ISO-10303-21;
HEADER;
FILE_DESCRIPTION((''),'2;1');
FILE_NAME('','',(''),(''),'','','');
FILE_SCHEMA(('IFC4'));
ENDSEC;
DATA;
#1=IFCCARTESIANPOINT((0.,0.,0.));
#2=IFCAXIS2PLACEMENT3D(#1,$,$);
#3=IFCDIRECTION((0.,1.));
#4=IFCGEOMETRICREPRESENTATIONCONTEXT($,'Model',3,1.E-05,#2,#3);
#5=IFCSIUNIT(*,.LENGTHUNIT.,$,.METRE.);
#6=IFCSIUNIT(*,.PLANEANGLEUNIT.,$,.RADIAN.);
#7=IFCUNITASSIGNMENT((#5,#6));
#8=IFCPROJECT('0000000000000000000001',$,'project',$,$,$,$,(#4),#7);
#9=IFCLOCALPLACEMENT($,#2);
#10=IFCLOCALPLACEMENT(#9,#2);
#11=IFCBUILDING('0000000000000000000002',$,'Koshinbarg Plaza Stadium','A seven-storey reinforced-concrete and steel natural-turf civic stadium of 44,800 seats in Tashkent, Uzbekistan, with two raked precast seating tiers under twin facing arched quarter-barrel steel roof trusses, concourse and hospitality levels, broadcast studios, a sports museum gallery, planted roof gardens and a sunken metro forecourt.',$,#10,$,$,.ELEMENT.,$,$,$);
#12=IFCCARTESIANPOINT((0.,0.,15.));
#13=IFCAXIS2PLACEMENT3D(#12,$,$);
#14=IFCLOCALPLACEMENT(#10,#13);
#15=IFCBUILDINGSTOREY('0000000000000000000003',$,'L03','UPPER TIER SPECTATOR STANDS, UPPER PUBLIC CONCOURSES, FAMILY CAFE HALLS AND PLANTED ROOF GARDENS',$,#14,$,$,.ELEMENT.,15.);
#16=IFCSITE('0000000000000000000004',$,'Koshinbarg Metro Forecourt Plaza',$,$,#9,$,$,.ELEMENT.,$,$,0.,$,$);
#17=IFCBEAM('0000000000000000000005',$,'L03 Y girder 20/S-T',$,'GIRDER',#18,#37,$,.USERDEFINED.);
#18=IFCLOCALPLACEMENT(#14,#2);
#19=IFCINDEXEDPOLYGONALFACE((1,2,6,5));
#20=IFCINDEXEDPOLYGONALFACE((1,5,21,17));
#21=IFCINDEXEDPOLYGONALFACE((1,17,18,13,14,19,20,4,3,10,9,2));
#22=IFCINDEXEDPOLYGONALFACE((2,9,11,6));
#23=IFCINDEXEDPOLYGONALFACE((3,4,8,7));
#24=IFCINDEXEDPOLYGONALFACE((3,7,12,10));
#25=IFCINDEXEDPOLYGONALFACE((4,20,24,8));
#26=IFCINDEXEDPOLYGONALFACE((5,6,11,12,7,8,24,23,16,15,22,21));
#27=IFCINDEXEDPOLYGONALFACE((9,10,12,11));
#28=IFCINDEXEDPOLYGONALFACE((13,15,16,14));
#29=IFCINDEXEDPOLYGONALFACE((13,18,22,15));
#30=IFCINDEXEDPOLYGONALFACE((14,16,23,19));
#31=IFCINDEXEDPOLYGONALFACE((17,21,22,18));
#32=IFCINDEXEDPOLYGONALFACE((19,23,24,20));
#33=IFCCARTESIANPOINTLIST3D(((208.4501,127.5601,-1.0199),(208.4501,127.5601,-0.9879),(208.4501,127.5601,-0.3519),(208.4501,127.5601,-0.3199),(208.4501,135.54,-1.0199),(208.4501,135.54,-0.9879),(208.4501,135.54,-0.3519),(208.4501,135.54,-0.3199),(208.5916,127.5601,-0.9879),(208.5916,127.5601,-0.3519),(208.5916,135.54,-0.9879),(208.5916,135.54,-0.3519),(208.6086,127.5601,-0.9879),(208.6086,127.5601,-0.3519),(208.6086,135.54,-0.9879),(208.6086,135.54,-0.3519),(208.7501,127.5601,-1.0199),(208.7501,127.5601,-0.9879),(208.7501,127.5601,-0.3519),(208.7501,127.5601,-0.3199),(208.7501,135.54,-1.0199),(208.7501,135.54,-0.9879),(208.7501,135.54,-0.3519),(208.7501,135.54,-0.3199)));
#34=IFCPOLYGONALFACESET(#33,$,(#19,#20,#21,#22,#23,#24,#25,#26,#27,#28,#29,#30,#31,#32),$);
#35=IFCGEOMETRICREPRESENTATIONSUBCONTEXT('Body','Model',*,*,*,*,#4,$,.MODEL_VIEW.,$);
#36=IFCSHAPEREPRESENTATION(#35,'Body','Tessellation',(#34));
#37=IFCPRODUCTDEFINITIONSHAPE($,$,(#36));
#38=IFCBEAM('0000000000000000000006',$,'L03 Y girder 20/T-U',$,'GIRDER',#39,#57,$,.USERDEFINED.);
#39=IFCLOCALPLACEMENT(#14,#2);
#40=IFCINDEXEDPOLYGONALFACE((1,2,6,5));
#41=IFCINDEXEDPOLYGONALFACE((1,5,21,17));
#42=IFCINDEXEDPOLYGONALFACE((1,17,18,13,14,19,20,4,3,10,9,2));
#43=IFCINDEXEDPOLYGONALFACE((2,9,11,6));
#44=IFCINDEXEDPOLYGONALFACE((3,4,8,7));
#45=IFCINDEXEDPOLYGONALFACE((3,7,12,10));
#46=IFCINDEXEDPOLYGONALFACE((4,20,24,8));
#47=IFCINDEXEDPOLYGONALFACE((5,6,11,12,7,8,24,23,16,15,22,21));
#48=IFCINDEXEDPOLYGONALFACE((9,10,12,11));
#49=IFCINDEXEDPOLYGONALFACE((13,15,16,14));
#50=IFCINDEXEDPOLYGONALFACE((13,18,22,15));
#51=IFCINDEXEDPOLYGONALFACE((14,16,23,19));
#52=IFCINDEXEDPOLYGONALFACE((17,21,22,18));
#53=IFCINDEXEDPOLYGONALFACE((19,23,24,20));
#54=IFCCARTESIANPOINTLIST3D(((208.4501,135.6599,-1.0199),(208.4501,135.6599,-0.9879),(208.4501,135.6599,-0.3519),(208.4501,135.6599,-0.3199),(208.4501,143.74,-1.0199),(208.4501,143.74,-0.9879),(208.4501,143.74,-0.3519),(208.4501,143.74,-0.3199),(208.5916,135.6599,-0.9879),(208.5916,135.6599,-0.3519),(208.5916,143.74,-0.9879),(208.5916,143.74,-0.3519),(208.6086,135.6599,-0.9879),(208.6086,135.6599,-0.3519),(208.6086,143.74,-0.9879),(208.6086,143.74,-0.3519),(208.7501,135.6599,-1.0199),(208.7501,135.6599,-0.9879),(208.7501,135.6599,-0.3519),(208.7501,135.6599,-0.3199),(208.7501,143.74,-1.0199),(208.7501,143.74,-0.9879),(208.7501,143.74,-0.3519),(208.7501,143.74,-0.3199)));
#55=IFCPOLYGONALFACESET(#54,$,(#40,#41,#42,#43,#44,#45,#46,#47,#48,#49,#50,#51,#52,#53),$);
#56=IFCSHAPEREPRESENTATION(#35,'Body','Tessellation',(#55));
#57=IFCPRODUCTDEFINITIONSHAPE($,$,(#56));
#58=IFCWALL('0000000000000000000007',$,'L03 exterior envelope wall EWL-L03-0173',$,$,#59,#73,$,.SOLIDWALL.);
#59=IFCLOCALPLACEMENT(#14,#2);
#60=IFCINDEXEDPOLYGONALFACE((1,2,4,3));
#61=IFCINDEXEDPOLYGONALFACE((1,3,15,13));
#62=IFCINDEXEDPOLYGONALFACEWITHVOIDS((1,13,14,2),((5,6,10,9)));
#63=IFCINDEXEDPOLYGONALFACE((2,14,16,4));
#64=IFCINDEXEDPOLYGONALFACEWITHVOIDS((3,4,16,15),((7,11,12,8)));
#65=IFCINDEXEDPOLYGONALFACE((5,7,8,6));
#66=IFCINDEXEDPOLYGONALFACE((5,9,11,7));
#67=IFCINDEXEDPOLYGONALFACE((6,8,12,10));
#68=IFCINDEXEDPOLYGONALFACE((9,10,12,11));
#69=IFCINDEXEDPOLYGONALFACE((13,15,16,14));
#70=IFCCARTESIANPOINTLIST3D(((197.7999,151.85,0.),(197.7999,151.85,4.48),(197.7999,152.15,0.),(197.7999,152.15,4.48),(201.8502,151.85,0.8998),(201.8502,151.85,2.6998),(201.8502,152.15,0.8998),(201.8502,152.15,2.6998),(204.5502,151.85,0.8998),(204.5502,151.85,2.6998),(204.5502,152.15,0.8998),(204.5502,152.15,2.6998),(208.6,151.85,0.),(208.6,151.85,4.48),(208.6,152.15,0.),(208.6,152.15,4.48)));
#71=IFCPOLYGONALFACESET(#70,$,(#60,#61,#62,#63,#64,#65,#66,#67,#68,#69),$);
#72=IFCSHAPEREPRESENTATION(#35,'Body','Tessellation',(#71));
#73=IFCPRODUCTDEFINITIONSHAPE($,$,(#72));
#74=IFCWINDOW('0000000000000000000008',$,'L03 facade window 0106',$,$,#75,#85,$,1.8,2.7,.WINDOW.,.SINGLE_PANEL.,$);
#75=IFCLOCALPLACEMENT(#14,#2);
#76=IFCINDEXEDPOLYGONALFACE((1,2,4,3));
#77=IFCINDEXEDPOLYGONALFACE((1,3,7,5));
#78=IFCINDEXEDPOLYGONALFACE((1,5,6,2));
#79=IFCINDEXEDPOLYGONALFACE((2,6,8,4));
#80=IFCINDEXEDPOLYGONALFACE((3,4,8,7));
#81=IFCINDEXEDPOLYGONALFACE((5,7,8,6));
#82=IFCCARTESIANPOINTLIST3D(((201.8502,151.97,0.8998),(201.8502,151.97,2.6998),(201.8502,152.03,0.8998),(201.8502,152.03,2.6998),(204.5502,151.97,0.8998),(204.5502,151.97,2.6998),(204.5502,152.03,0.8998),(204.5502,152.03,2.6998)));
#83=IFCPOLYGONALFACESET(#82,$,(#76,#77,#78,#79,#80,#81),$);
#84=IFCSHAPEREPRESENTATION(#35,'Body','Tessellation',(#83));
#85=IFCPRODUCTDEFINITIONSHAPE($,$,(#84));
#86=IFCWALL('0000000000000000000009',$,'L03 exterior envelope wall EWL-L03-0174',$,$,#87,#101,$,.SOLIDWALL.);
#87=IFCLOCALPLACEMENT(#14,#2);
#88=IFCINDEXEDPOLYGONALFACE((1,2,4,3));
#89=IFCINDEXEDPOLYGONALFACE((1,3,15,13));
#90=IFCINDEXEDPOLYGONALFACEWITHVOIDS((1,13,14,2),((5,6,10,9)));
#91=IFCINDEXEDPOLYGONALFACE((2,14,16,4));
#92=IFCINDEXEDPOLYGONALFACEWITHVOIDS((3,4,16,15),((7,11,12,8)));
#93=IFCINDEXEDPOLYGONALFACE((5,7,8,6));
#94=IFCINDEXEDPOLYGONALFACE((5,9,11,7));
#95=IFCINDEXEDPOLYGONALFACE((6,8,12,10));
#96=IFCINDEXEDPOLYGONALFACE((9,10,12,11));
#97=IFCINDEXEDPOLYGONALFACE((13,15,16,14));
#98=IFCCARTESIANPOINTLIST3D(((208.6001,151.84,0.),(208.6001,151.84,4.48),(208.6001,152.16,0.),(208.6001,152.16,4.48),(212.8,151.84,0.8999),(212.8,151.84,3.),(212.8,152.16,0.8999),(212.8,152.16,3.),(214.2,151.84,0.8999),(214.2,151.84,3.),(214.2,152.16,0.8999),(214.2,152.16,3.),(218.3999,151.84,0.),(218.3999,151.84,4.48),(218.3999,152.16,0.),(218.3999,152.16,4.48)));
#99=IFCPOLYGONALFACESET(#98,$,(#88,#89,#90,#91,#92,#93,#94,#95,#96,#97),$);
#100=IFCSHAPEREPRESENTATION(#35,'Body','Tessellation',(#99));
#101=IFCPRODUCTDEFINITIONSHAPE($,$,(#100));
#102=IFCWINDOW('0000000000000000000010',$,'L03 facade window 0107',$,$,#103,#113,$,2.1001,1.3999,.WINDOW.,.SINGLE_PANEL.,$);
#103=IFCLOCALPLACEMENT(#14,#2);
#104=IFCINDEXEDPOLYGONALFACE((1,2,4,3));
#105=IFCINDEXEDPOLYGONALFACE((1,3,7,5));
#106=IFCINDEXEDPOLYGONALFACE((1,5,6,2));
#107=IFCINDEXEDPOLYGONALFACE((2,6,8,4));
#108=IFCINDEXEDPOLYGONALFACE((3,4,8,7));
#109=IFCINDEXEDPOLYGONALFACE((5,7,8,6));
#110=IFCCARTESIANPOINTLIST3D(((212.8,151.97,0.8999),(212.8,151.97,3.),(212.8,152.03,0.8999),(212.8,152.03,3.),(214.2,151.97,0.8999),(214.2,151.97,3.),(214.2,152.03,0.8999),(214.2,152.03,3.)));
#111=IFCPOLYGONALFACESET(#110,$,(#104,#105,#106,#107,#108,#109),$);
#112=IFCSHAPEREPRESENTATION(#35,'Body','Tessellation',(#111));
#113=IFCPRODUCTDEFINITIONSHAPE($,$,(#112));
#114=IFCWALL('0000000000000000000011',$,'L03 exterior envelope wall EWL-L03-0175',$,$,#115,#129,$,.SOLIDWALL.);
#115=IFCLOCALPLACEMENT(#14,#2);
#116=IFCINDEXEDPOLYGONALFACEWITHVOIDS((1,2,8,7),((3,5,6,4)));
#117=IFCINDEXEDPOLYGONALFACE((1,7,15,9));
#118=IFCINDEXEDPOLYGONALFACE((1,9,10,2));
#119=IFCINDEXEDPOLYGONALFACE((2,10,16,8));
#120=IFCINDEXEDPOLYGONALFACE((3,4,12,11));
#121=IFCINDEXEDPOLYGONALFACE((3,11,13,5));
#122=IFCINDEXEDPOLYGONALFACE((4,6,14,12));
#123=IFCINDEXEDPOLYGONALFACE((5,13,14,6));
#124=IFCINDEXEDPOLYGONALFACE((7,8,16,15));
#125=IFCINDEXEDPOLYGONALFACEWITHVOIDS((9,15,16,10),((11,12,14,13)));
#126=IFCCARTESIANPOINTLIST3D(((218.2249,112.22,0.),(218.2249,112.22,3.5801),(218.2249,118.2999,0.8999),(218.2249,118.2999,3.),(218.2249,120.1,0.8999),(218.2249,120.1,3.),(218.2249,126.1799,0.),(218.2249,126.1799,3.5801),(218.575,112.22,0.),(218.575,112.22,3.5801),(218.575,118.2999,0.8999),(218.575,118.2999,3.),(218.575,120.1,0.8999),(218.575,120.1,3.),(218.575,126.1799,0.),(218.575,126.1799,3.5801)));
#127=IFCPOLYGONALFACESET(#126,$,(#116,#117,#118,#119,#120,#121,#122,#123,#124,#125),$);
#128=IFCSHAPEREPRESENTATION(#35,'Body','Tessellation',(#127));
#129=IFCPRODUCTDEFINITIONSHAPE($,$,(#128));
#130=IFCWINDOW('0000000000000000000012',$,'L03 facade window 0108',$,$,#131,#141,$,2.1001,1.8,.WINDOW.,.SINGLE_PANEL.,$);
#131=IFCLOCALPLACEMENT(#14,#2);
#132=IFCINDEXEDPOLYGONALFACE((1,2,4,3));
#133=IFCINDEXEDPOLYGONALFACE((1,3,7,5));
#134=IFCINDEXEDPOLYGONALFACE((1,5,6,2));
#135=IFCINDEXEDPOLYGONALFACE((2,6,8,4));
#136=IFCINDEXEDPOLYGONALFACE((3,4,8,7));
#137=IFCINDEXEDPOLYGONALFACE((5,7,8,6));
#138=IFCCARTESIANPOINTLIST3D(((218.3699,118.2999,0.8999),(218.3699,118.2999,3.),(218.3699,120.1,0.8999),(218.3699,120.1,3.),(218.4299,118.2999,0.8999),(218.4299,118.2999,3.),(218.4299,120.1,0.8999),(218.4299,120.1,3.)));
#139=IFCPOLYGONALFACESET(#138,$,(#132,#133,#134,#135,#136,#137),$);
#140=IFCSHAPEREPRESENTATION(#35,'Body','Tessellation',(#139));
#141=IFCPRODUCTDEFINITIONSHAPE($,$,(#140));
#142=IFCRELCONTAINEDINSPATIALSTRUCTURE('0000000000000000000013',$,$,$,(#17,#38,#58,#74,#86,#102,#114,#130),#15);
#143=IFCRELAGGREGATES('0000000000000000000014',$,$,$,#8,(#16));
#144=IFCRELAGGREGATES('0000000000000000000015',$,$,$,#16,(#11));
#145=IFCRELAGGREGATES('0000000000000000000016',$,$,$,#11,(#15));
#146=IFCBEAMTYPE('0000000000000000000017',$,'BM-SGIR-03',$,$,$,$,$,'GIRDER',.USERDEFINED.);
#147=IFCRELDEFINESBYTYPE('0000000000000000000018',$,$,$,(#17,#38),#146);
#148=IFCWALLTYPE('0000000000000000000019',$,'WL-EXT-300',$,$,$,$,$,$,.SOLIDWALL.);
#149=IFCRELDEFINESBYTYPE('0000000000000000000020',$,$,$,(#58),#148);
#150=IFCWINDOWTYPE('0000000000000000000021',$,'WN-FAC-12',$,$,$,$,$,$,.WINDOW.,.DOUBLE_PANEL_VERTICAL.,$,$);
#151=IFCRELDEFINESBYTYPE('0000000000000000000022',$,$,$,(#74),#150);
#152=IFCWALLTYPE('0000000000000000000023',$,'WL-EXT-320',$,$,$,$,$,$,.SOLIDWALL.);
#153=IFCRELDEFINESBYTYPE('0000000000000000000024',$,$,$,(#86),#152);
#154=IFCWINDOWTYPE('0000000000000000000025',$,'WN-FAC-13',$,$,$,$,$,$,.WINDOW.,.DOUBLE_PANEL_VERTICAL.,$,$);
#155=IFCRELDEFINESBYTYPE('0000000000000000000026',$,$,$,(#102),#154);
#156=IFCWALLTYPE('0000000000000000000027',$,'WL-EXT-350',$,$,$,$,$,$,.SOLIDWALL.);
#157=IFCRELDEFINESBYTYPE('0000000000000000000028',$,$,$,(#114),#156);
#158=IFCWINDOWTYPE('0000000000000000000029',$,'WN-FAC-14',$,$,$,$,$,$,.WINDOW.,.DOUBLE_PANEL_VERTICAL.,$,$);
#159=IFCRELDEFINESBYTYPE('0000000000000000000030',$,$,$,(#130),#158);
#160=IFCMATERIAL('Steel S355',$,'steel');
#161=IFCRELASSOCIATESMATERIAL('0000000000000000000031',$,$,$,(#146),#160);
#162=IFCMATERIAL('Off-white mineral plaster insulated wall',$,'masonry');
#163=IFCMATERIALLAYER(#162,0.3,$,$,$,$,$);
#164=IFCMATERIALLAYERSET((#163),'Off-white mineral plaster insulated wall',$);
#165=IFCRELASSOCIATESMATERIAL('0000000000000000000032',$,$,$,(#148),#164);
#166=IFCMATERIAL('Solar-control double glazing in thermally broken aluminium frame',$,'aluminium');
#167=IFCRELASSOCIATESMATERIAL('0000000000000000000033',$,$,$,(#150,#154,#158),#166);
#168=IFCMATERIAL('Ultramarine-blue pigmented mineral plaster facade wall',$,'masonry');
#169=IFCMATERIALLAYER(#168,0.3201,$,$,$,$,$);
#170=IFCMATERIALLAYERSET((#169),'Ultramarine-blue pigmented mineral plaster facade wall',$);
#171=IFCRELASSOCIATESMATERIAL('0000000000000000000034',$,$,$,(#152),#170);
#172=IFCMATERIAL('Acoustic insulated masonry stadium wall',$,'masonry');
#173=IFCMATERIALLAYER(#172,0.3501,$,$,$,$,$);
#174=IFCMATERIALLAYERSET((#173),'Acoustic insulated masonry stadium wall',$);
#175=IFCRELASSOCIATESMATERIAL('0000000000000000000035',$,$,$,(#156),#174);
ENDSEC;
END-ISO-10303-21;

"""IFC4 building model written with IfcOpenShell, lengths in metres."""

from ifc_helpers import new_model, si_unit, direction, frame, frame_2d, origin, origin_2d, place, context, subcontext, project, spatial, rectangle, i_section, extrude, material, layer, layer_set, material_profile, profile_set, type_object, element, fill, save


model = new_model("IFC4")

# Units and contexts
model_context = context("Model", 3, precision=1e-05, world=origin(), true_north=direction((0.0, 1.0)))
body_context = subcontext(model_context, "Body", "Model", "MODEL_VIEW")
ifc_project = project(units=[si_unit("LENGTHUNIT", "METRE"), si_unit("PLANEANGLEUNIT", "RADIAN")], contexts=[model_context])

# Site, building, storey
site_placement = place(None, origin())
site = spatial("IfcSite", under=ifc_project, at=site_placement, Name="Koshinbarg Metro Forecourt Plaza", CompositionType="ELEMENT", RefElevation=0.0)
building_placement = place(site_placement, origin())
building = spatial("IfcBuilding", under=site, at=building_placement, Name="Koshinbarg Plaza Stadium", Description="A seven-storey reinforced-concrete and steel natural-turf civic stadium of 44,800 seats in Tashkent, Uzbekistan, with two raked precast seating tiers under twin facing arched quarter-barrel steel roof trusses, concourse and hospitality levels, broadcast studios, a sports museum gallery, planted roof gardens and a sunken metro forecourt.", CompositionType="ELEMENT")
storey_placement = place(building_placement, frame((0.0, 0.0, 15.0)))
storey = spatial("IfcBuildingStorey", under=building, at=storey_placement, Name="L03", Description="UPPER TIER SPECTATOR STANDS, UPPER PUBLIC CONCOURSES, FAMILY CAFE HALLS AND PLANTED ROOF GARDENS", CompositionType="ELEMENT", Elevation=15.0)

# Shared definitions
ifc_material_1 = material(Name="Steel S355", Category="steel")

# Beams
ifc_material_profile_1 = material_profile(ifc_material_1, i_section(OverallWidth=0.3, OverallDepth=0.7, WebThickness=0.0171, FlangeThickness=0.032, at=origin_2d()), Name="HEB 700")
ifc_profile_set_1 = profile_set([ifc_material_profile_1], Name="Steel S355")
beam_type_1 = type_object("IfcBeamType", Name="BM-SGIR-03", ElementType="GIRDER", PredefinedType="USERDEFINED", material=ifc_profile_set_1)
beam_1_placement = place(storey_placement, frame((208.6001, 127.5601, -0.6699), z_axis=(0.0, 1.0, 0.0), x_axis=(-1.0, 0.0, 0.0)))
element("IfcBeam", 1, at=beam_1_placement, inside=storey, type_object=beam_type_1, Name="L03 Y girder 20/S-T", ObjectType="GIRDER", PredefinedType="USERDEFINED", context=body_context, shape_type="SweptSolid", body=[
    extrude(i_section(OverallWidth=0.3, OverallDepth=0.7, WebThickness=0.0171, FlangeThickness=0.032, at=origin_2d()), origin(), (0.0, 0.0, 1.0), 7.98),
])
beam_2_placement = place(storey_placement, frame((208.6001, 135.6599, -0.6699), z_axis=(0.0, 1.0, 0.0), x_axis=(-1.0, 0.0, 0.0)))
element("IfcBeam", 2, at=beam_2_placement, inside=storey, type_object=beam_type_1, Name="L03 Y girder 20/T-U", ObjectType="GIRDER", PredefinedType="USERDEFINED", context=body_context, shape_type="SweptSolid", body=[
    extrude(i_section(OverallWidth=0.3, OverallDepth=0.7, WebThickness=0.0171, FlangeThickness=0.032, at=origin_2d()), origin(), (0.0, 0.0, 1.0), 8.0801),
])

# Walls, openings, windows
ifc_material_2 = material(Name="Off-white mineral plaster insulated wall", Category="masonry")
ifc_layer_1 = layer(ifc_material_2, 0.3)
ifc_layer_set_1 = layer_set([ifc_layer_1], Name="Off-white mineral plaster insulated wall")
wall_type_1 = type_object("IfcWallType", Name="WL-EXT-300", PredefinedType="SOLIDWALL", material=ifc_layer_set_1)
wall_1_placement = place(storey_placement, frame((197.8, 152.0, 0.0), z_axis=(0.0, 0.0, 1.0), x_axis=(1.0, 0.0, 0.0)))
wall_1 = element("IfcWall", 3, at=wall_1_placement, inside=storey, type_object=wall_type_1, Name="L03 exterior envelope wall EWL-L03-0173", PredefinedType="SOLIDWALL", context=body_context, shape_type="SweptSolid", body=[
    extrude(rectangle(XDim=10.8, YDim=0.3, at=frame_2d((5.3999, 0.0))), origin(), (0.0, 0.0, 1.0), 4.48),
])
opening_1_placement = place(wall_1_placement, frame((4.05, 0.0, 0.8999)))
opening_1 = element("IfcOpeningElement", 4, at=opening_1_placement, cuts=wall_1, PredefinedType="OPENING", context=body_context, shape_type="SweptSolid", body=[
    extrude(rectangle(XDim=2.7, YDim=1.8, at=frame_2d((1.3501, 0.8999))), frame((0.0, 0.1599, 0.0), z_axis=(0.0, -1.0, 0.0), x_axis=(1.0, 0.0, 0.0)), (0.0, 0.0, 1.0), 0.3201),
])
ifc_material_3 = material(Name="Solar-control double glazing in thermally broken aluminium frame", Category="aluminium")
window_type_1 = type_object("IfcWindowType", Name="WN-FAC-12", PartitioningType="DOUBLE_PANEL_VERTICAL", PredefinedType="WINDOW", material=ifc_material_3)
window_1_placement = place(opening_1_placement, origin())
window_1 = element("IfcWindow", 5, at=window_1_placement, inside=storey, type_object=window_type_1, Name="L03 facade window 0106", OverallHeight=1.8, OverallWidth=2.7, PartitioningType="SINGLE_PANEL", PredefinedType="WINDOW", context=body_context, shape_type="SweptSolid", body=[
    extrude(rectangle(XDim=2.7, YDim=1.8, at=frame_2d((1.3501, 0.8999))), frame((0.0, 0.03, 0.0), z_axis=(0.0, -1.0, 0.0), x_axis=(1.0, 0.0, 0.0)), (0.0, 0.0, 1.0), 0.0601),
])
fill(opening_1, window_1)
ifc_material_4 = material(Name="Ultramarine-blue pigmented mineral plaster facade wall", Category="masonry")
ifc_layer_2 = layer(ifc_material_4, 0.3201)
ifc_layer_set_2 = layer_set([ifc_layer_2], Name="Ultramarine-blue pigmented mineral plaster facade wall")
wall_type_2 = type_object("IfcWallType", Name="WL-EXT-320", PredefinedType="SOLIDWALL", material=ifc_layer_set_2)
wall_2_placement = place(storey_placement, frame((208.6001, 152.0, 0.0), z_axis=(0.0, 0.0, 1.0), x_axis=(1.0, 0.0, 0.0)))
wall_2 = element("IfcWall", 6, at=wall_2_placement, inside=storey, type_object=wall_type_2, Name="L03 exterior envelope wall EWL-L03-0174", PredefinedType="SOLIDWALL", context=body_context, shape_type="SweptSolid", body=[
    extrude(rectangle(XDim=9.7998, YDim=0.3201, at=frame_2d((4.8999, 0.0))), origin(), (0.0, 0.0, 1.0), 4.48),
])
opening_2_placement = place(wall_2_placement, frame((4.2, 0.0, 0.8999)))
opening_2 = element("IfcOpeningElement", 7, at=opening_2_placement, cuts=wall_2, PredefinedType="OPENING", context=body_context, shape_type="SweptSolid", body=[
    extrude(rectangle(XDim=1.3999, YDim=2.1001, at=frame_2d((0.7, 1.05))), frame((0.0, 0.1699, 0.0), z_axis=(0.0, -1.0, 0.0), x_axis=(1.0, 0.0, 0.0)), (0.0, 0.0, 1.0), 0.3401),
])
window_type_2 = type_object("IfcWindowType", Name="WN-FAC-13", PartitioningType="DOUBLE_PANEL_VERTICAL", PredefinedType="WINDOW", material=ifc_material_3)
window_2_placement = place(opening_2_placement, origin())
window_2 = element("IfcWindow", 8, at=window_2_placement, inside=storey, type_object=window_type_2, Name="L03 facade window 0107", OverallHeight=2.1001, OverallWidth=1.3999, PartitioningType="SINGLE_PANEL", PredefinedType="WINDOW", context=body_context, shape_type="SweptSolid", body=[
    extrude(rectangle(XDim=1.3999, YDim=2.1001, at=frame_2d((0.7, 1.05))), frame((0.0, 0.03, 0.0), z_axis=(0.0, -1.0, 0.0), x_axis=(1.0, 0.0, 0.0)), (0.0, 0.0, 1.0), 0.0601),
])
fill(opening_2, window_2)
ifc_material_5 = material(Name="Acoustic insulated masonry stadium wall", Category="masonry")
ifc_layer_3 = layer(ifc_material_5, 0.3501)
ifc_layer_set_3 = layer_set([ifc_layer_3], Name="Acoustic insulated masonry stadium wall")
wall_type_3 = type_object("IfcWallType", Name="WL-EXT-350", PredefinedType="SOLIDWALL", material=ifc_layer_set_3)
wall_3_placement = place(storey_placement, frame((218.3999, 126.1799, 0.0), z_axis=(0.0, 0.0, 1.0), x_axis=(0.0, -1.0, 0.0)))
wall_3 = element("IfcWall", 9, at=wall_3_placement, inside=storey, type_object=wall_type_3, Name="L03 exterior envelope wall EWL-L03-0175", PredefinedType="SOLIDWALL", context=body_context, shape_type="SweptSolid", body=[
    extrude(rectangle(XDim=13.96, YDim=0.3501, at=frame_2d((6.98, 0.0))), origin(), (0.0, 0.0, 1.0), 3.5801),
])
opening_3_placement = place(wall_3_placement, frame((6.0801, 0.0, 0.8999)))
opening_3 = element("IfcOpeningElement", 10, at=opening_3_placement, cuts=wall_3, PredefinedType="OPENING", context=body_context, shape_type="SweptSolid", body=[
    extrude(rectangle(XDim=1.8, YDim=2.1001, at=frame_2d((0.8999, 1.05))), frame((0.0, 0.1851, 0.0), z_axis=(0.0, -1.0, 0.0), x_axis=(1.0, 0.0, 0.0)), (0.0, 0.0, 1.0), 0.3701),
])
window_type_3 = type_object("IfcWindowType", Name="WN-FAC-14", PartitioningType="DOUBLE_PANEL_VERTICAL", PredefinedType="WINDOW", material=ifc_material_3)
window_3_placement = place(opening_3_placement, origin())
window_3 = element("IfcWindow", 11, at=window_3_placement, inside=storey, type_object=window_type_3, Name="L03 facade window 0108", OverallHeight=2.1001, OverallWidth=1.8, PartitioningType="SINGLE_PANEL", PredefinedType="WINDOW", context=body_context, shape_type="SweptSolid", body=[
    extrude(rectangle(XDim=1.8, YDim=2.1001, at=frame_2d((0.8999, 1.05))), frame((0.0, 0.03, 0.0), z_axis=(0.0, -1.0, 0.0), x_axis=(1.0, 0.0, 0.0)), (0.0, 0.0, 1.0), 0.0601),
])
fill(opening_3, window_3)

save(model, "model.ifc")
